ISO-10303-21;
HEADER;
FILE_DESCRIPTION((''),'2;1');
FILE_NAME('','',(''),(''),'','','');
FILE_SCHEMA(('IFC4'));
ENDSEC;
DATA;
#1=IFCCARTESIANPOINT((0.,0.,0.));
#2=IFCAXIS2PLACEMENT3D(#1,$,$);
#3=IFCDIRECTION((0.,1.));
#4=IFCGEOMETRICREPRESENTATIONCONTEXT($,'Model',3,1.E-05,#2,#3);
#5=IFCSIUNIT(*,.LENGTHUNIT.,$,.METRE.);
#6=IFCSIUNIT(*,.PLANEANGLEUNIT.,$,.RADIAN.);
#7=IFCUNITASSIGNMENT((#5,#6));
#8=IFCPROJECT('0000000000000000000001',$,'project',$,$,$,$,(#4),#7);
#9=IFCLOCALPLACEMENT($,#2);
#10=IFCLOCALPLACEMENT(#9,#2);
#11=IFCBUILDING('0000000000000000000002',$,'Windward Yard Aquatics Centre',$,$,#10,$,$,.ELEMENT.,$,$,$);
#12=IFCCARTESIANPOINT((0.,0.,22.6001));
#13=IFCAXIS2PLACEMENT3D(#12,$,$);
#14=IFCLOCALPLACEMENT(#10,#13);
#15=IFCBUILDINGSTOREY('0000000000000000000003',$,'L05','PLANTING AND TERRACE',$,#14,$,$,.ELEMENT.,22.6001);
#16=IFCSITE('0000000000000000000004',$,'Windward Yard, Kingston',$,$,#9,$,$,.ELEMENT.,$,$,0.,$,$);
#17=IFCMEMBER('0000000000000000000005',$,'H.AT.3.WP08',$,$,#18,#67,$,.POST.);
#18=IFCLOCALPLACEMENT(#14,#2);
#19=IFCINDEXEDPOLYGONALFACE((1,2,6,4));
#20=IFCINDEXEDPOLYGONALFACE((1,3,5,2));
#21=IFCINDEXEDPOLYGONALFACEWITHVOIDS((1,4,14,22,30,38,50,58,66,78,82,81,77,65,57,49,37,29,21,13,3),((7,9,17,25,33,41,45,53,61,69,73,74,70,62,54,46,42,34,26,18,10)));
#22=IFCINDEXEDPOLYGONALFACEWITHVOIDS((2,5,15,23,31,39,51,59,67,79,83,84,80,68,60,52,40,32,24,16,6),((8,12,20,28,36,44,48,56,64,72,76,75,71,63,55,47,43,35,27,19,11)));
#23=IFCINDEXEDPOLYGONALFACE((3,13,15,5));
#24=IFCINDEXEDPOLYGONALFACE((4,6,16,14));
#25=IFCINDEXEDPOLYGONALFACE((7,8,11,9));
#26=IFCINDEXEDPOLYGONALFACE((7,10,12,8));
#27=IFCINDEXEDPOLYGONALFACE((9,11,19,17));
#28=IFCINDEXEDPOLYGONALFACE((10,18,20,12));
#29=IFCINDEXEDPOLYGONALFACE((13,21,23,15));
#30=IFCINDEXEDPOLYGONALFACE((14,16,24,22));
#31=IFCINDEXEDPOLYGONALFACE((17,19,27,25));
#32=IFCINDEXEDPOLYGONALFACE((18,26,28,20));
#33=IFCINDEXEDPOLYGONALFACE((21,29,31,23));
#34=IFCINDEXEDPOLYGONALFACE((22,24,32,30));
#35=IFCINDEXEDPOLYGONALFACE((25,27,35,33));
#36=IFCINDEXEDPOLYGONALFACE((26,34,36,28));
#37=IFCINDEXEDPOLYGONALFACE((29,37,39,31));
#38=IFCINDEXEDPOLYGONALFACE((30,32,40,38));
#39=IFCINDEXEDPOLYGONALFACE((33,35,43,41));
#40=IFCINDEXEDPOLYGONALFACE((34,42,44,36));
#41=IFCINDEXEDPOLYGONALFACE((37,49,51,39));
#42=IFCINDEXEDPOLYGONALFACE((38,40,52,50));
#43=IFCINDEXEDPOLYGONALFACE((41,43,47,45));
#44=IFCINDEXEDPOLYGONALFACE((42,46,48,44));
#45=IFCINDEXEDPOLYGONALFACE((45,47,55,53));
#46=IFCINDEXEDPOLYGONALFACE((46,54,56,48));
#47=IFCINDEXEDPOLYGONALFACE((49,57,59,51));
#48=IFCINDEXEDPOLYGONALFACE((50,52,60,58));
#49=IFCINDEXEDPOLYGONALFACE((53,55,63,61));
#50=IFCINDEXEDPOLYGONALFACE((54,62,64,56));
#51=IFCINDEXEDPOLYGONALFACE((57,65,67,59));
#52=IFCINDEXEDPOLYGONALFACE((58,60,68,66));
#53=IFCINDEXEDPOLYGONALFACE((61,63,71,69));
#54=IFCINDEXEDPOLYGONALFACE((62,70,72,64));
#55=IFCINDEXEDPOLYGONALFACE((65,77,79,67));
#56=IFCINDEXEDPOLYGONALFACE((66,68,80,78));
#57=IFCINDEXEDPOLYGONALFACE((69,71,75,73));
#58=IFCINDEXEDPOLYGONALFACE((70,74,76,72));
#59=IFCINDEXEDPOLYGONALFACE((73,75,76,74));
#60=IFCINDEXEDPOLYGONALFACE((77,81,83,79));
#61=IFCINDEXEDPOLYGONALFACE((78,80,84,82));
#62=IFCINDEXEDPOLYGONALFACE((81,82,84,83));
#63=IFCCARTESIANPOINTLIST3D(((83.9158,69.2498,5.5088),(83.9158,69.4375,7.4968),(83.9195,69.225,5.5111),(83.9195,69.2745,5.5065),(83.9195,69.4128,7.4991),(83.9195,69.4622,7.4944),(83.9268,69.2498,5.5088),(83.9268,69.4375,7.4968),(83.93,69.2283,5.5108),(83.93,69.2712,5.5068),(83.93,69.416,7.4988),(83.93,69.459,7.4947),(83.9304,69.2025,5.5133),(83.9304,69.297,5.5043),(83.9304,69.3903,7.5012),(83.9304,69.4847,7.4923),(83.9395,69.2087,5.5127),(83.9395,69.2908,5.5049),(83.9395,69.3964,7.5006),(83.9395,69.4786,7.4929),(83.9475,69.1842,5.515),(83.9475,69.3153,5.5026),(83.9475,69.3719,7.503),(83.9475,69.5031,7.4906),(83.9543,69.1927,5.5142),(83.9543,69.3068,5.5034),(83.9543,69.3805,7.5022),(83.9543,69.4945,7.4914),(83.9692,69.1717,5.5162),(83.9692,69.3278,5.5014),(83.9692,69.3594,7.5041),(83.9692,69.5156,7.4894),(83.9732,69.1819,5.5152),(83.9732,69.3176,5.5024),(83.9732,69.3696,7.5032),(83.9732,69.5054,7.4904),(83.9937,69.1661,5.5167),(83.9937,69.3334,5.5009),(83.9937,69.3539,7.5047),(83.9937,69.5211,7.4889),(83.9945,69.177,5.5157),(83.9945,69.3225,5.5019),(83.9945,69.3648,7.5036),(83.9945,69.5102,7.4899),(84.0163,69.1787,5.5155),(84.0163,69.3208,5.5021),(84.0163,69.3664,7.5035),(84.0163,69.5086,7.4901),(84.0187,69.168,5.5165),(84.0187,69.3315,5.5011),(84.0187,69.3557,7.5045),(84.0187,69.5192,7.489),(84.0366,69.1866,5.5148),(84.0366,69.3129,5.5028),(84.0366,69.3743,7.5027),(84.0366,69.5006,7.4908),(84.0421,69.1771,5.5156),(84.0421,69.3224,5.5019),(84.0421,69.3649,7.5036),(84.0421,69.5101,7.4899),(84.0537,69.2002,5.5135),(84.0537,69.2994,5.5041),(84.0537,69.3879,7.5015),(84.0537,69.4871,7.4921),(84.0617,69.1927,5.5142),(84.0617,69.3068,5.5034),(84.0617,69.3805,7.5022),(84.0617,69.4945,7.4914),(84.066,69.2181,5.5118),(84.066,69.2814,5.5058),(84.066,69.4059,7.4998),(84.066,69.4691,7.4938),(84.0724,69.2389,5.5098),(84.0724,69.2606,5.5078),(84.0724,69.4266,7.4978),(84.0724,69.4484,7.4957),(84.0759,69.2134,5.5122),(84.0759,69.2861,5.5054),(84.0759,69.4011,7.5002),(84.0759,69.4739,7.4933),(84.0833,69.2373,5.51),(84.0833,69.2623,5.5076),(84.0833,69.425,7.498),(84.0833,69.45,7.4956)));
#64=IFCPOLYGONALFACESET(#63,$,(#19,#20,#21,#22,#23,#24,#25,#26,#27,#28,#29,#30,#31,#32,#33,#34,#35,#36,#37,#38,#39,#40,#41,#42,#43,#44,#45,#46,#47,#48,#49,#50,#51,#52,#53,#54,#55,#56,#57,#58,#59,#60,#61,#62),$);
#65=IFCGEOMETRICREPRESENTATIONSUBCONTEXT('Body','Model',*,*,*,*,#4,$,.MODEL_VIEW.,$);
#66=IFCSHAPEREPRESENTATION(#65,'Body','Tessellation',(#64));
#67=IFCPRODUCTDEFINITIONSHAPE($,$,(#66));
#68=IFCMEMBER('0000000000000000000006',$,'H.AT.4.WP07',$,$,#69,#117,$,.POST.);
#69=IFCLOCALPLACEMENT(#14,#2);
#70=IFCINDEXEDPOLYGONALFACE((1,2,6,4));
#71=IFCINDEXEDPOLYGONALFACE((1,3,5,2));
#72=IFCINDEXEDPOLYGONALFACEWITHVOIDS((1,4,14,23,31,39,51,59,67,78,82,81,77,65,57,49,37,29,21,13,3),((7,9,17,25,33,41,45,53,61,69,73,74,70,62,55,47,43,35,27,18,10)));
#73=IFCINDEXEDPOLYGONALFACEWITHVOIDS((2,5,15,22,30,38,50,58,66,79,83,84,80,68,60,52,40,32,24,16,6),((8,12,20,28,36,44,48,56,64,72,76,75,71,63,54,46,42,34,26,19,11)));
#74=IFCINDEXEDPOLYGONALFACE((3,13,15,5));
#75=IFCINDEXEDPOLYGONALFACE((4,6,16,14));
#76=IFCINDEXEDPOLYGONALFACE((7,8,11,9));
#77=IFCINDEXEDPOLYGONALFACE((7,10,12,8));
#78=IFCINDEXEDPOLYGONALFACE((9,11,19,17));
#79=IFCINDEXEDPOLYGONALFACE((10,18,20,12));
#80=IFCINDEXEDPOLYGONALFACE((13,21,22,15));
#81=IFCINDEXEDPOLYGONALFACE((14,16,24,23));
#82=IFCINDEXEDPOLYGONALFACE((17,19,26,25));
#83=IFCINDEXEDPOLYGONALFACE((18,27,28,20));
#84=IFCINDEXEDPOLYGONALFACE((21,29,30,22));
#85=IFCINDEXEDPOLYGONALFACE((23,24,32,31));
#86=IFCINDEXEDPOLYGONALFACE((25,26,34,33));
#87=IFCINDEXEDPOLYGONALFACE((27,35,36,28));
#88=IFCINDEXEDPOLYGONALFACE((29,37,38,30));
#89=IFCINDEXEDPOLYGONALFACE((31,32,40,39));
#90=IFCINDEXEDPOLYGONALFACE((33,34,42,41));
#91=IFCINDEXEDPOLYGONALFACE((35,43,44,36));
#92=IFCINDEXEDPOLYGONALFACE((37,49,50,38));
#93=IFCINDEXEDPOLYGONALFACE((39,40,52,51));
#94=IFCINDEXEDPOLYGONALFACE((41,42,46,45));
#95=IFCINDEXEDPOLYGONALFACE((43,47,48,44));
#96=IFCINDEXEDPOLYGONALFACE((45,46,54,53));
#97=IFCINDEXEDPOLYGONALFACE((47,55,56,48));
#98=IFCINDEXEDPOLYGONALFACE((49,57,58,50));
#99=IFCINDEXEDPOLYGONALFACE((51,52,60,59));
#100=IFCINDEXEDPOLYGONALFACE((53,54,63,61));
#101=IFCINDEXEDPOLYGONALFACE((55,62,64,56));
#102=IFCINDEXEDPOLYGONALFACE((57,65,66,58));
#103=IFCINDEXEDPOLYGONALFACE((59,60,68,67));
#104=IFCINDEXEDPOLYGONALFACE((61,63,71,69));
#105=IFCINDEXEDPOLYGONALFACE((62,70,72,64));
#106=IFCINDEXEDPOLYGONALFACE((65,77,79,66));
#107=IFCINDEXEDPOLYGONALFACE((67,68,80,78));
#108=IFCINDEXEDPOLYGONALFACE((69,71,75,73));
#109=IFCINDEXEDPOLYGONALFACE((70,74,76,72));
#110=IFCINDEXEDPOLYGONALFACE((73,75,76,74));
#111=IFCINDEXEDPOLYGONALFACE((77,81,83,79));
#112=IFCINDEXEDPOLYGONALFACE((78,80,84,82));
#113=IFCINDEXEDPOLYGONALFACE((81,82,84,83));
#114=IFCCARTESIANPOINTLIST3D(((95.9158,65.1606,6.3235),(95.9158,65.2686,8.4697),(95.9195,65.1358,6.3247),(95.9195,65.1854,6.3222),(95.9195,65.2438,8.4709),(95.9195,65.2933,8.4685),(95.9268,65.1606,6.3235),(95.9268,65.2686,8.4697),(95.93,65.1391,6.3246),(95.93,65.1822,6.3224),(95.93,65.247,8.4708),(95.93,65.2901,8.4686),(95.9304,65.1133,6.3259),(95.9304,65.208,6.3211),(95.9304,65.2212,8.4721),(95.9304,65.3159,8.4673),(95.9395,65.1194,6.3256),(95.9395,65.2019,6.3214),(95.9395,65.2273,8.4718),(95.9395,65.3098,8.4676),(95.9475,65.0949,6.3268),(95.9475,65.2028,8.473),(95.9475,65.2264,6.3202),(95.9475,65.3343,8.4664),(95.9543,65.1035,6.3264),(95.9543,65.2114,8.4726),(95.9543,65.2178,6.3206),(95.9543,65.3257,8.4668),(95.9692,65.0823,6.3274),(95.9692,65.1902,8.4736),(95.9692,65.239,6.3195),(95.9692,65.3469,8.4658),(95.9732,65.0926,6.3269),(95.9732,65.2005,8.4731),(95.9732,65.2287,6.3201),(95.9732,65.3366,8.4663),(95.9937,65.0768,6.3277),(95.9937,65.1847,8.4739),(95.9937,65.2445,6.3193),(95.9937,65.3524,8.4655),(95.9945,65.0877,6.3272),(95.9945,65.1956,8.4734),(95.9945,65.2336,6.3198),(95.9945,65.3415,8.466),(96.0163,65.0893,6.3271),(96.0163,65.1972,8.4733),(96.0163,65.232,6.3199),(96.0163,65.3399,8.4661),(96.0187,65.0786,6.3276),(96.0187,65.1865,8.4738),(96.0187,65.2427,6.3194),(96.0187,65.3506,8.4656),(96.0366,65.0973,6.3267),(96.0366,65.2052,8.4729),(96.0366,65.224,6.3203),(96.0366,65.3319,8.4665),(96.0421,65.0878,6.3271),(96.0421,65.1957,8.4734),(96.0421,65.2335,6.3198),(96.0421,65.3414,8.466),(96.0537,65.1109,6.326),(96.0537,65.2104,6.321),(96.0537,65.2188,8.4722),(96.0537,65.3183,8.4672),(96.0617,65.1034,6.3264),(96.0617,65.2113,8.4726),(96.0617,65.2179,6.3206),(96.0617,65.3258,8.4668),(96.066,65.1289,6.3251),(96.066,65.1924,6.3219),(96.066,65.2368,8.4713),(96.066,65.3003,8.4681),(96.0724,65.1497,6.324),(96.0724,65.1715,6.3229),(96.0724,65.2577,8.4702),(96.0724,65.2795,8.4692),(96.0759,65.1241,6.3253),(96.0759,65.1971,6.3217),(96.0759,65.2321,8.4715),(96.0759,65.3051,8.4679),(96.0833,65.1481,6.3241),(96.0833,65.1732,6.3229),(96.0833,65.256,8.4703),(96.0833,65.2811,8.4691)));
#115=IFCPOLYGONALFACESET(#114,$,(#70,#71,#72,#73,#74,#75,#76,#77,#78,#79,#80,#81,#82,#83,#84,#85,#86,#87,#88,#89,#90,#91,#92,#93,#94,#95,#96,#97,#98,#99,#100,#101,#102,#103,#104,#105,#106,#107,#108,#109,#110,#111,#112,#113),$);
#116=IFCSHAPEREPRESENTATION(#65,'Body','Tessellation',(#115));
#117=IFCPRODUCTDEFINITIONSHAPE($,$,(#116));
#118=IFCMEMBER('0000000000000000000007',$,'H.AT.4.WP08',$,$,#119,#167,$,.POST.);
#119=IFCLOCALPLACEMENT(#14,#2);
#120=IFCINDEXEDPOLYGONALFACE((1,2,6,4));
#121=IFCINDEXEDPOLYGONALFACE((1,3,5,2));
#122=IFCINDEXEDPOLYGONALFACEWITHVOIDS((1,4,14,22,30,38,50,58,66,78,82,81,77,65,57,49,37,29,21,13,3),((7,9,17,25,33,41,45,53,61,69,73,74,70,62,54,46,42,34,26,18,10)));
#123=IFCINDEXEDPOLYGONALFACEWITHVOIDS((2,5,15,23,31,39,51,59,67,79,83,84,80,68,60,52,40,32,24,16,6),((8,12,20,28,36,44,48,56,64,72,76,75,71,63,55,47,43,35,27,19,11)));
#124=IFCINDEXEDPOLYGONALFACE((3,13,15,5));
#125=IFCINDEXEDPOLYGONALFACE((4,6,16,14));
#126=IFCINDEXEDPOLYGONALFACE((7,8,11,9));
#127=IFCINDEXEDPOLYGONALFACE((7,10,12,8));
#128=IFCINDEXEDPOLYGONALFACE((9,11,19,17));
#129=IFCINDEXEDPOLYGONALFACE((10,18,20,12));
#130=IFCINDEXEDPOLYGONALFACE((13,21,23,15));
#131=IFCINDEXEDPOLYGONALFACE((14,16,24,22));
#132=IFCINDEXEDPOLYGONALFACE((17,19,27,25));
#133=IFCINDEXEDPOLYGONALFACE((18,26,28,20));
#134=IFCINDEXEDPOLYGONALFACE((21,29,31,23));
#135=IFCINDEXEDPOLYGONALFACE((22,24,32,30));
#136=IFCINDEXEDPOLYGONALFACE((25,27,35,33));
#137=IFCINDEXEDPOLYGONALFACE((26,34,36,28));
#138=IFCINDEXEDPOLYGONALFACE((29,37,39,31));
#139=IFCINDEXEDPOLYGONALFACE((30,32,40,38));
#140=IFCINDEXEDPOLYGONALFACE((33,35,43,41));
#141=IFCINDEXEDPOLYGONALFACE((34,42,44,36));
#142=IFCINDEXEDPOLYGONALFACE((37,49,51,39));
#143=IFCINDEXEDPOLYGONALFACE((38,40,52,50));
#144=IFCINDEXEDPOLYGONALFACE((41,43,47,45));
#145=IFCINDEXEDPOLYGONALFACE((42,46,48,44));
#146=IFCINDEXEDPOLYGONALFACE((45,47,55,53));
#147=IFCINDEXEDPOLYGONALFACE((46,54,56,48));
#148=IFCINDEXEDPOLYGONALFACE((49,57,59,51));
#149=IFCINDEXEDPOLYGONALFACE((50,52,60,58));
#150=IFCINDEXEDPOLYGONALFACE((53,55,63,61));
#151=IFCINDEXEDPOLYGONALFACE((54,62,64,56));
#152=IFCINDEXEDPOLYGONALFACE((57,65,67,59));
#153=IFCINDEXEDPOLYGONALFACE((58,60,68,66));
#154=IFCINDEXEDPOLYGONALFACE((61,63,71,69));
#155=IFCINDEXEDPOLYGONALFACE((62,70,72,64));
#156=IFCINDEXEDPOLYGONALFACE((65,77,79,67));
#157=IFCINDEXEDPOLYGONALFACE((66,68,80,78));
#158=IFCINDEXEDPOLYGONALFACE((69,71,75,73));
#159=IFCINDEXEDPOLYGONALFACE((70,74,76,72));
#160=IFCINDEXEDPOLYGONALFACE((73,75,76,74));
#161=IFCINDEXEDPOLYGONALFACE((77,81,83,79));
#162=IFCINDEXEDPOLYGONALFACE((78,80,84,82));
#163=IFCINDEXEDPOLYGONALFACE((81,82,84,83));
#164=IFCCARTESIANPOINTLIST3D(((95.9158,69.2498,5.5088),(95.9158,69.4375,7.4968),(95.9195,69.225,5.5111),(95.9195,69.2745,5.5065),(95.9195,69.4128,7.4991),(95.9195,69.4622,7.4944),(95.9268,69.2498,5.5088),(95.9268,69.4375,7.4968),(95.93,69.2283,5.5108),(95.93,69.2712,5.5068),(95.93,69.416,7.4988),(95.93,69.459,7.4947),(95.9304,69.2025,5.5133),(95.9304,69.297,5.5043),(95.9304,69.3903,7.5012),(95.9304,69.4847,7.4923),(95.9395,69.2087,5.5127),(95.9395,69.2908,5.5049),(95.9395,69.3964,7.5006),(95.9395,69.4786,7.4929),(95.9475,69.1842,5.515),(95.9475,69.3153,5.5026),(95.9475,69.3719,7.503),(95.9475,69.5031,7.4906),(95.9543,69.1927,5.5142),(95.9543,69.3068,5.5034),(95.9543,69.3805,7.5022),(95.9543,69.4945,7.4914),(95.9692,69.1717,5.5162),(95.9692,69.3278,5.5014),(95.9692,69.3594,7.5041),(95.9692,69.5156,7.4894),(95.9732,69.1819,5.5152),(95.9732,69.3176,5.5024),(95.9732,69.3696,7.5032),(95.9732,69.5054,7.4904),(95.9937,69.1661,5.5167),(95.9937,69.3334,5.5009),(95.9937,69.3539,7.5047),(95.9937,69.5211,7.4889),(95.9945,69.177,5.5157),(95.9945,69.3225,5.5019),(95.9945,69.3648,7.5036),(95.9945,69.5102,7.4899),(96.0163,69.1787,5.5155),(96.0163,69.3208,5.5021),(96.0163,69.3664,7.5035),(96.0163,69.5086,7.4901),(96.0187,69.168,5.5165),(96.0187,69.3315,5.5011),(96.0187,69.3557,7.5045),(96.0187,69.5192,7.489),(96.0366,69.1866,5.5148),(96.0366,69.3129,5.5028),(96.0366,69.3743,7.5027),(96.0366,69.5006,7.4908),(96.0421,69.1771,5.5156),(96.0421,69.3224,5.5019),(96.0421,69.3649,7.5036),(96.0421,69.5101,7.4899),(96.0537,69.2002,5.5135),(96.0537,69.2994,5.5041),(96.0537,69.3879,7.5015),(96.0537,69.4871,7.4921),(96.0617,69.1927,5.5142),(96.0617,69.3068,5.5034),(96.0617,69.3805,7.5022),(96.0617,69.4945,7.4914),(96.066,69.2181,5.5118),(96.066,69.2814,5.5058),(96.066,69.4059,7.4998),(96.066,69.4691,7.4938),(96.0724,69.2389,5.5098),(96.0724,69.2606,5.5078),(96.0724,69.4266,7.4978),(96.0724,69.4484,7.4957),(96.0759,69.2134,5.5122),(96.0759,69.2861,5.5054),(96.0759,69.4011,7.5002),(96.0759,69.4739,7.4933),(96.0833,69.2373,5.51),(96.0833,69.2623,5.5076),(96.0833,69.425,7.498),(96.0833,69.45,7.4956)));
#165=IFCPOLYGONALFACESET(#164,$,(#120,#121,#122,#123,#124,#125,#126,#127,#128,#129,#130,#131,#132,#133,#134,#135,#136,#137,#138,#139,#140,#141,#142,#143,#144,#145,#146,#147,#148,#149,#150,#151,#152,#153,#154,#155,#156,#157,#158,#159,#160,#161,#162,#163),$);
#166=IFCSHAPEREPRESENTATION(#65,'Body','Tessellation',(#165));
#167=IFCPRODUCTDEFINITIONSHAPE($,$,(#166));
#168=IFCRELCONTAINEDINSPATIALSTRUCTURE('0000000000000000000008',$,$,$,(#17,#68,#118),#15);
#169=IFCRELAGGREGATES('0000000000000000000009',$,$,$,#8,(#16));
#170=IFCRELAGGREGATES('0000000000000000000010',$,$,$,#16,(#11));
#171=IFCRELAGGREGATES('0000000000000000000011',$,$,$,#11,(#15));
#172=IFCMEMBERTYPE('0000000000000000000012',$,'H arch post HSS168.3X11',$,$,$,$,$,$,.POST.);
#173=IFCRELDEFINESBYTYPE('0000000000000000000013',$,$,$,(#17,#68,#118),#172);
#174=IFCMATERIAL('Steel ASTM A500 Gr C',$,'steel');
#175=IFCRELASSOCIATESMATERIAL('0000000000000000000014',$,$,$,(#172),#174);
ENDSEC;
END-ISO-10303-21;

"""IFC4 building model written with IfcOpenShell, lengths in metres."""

from ifc_helpers import new_model, si_unit, direction, frame, origin, origin_2d, place, context, subcontext, project, spatial, hollow_circle, extrude, material, material_profile, profile_set, type_object, element, save


model = new_model("IFC4")

# Units and contexts
model_context = context("Model", 3, precision=1e-05, world=origin(), true_north=direction((0.0, 1.0)))
body_context = subcontext(model_context, "Body", "Model", "MODEL_VIEW")
ifc_project = project(units=[si_unit("LENGTHUNIT", "METRE"), si_unit("PLANEANGLEUNIT", "RADIAN")], contexts=[model_context])

# Site, building, storey
site_placement = place(None, origin())
site = spatial("IfcSite", under=ifc_project, at=site_placement, Name="Windward Yard, Kingston", CompositionType="ELEMENT", RefElevation=0.0)
building_placement = place(site_placement, origin())
building = spatial("IfcBuilding", under=site, at=building_placement, Name="Windward Yard Aquatics Centre", CompositionType="ELEMENT")
storey_placement = place(building_placement, frame((0.0, 0.0, 22.6001)))
storey = spatial("IfcBuildingStorey", under=building, at=storey_placement, Name="L05", Description="PLANTING AND TERRACE", CompositionType="ELEMENT", Elevation=22.6001)

# Members
ifc_material_1 = material(Name="Steel ASTM A500 Gr C", Category="steel")
ifc_material_profile_1 = material_profile(ifc_material_1, hollow_circle(Radius=0.0842, WallThickness=0.011, at=origin_2d()), Name="HSS168.3X11")
ifc_profile_set_1 = profile_set([ifc_material_profile_1], Name="Steel ASTM A500 Gr C")
member_type_1 = type_object("IfcMemberType", Name="H arch post HSS168.3X11", PredefinedType="POST", material=ifc_profile_set_1)
member_1_placement = place(storey_placement, frame((84.0, 69.2498, 5.5088), z_axis=(0.0, 0.094019, 0.99557), x_axis=(-1.0, 0.0, 0.0)))
element("IfcMember", 1, at=member_1_placement, inside=storey, type_object=member_type_1, Name="H.AT.3.WP08", PredefinedType="POST", context=body_context, shape_type="SweptSolid", body=[
    extrude(hollow_circle(Radius=0.0842, WallThickness=0.011, at=origin_2d()), origin(), (0.0, 0.0, 1.0), 1.9968),
])
member_2_placement = place(storey_placement, frame((96.0, 65.1606, 6.3235), z_axis=(0.0, 0.050215, 0.998738), x_axis=(-1.0, 0.0, 0.0)))
element("IfcMember", 2, at=member_2_placement, inside=storey, type_object=member_type_1, Name="H.AT.4.WP07", PredefinedType="POST", context=body_context, shape_type="SweptSolid", body=[
    extrude(hollow_circle(Radius=0.0842, WallThickness=0.011, at=origin_2d()), origin(), (0.0, 0.0, 1.0), 2.1489),
])
member_3_placement = place(storey_placement, frame((96.0, 69.2498, 5.5088), z_axis=(0.0, 0.094019, 0.99557), x_axis=(-1.0, 0.0, 0.0)))
element("IfcMember", 3, at=member_3_placement, inside=storey, type_object=member_type_1, Name="H.AT.4.WP08", PredefinedType="POST", context=body_context, shape_type="SweptSolid", body=[
    extrude(hollow_circle(Radius=0.0842, WallThickness=0.011, at=origin_2d()), origin(), (0.0, 0.0, 1.0), 1.9968),
])

save(model, "model.ifc")
